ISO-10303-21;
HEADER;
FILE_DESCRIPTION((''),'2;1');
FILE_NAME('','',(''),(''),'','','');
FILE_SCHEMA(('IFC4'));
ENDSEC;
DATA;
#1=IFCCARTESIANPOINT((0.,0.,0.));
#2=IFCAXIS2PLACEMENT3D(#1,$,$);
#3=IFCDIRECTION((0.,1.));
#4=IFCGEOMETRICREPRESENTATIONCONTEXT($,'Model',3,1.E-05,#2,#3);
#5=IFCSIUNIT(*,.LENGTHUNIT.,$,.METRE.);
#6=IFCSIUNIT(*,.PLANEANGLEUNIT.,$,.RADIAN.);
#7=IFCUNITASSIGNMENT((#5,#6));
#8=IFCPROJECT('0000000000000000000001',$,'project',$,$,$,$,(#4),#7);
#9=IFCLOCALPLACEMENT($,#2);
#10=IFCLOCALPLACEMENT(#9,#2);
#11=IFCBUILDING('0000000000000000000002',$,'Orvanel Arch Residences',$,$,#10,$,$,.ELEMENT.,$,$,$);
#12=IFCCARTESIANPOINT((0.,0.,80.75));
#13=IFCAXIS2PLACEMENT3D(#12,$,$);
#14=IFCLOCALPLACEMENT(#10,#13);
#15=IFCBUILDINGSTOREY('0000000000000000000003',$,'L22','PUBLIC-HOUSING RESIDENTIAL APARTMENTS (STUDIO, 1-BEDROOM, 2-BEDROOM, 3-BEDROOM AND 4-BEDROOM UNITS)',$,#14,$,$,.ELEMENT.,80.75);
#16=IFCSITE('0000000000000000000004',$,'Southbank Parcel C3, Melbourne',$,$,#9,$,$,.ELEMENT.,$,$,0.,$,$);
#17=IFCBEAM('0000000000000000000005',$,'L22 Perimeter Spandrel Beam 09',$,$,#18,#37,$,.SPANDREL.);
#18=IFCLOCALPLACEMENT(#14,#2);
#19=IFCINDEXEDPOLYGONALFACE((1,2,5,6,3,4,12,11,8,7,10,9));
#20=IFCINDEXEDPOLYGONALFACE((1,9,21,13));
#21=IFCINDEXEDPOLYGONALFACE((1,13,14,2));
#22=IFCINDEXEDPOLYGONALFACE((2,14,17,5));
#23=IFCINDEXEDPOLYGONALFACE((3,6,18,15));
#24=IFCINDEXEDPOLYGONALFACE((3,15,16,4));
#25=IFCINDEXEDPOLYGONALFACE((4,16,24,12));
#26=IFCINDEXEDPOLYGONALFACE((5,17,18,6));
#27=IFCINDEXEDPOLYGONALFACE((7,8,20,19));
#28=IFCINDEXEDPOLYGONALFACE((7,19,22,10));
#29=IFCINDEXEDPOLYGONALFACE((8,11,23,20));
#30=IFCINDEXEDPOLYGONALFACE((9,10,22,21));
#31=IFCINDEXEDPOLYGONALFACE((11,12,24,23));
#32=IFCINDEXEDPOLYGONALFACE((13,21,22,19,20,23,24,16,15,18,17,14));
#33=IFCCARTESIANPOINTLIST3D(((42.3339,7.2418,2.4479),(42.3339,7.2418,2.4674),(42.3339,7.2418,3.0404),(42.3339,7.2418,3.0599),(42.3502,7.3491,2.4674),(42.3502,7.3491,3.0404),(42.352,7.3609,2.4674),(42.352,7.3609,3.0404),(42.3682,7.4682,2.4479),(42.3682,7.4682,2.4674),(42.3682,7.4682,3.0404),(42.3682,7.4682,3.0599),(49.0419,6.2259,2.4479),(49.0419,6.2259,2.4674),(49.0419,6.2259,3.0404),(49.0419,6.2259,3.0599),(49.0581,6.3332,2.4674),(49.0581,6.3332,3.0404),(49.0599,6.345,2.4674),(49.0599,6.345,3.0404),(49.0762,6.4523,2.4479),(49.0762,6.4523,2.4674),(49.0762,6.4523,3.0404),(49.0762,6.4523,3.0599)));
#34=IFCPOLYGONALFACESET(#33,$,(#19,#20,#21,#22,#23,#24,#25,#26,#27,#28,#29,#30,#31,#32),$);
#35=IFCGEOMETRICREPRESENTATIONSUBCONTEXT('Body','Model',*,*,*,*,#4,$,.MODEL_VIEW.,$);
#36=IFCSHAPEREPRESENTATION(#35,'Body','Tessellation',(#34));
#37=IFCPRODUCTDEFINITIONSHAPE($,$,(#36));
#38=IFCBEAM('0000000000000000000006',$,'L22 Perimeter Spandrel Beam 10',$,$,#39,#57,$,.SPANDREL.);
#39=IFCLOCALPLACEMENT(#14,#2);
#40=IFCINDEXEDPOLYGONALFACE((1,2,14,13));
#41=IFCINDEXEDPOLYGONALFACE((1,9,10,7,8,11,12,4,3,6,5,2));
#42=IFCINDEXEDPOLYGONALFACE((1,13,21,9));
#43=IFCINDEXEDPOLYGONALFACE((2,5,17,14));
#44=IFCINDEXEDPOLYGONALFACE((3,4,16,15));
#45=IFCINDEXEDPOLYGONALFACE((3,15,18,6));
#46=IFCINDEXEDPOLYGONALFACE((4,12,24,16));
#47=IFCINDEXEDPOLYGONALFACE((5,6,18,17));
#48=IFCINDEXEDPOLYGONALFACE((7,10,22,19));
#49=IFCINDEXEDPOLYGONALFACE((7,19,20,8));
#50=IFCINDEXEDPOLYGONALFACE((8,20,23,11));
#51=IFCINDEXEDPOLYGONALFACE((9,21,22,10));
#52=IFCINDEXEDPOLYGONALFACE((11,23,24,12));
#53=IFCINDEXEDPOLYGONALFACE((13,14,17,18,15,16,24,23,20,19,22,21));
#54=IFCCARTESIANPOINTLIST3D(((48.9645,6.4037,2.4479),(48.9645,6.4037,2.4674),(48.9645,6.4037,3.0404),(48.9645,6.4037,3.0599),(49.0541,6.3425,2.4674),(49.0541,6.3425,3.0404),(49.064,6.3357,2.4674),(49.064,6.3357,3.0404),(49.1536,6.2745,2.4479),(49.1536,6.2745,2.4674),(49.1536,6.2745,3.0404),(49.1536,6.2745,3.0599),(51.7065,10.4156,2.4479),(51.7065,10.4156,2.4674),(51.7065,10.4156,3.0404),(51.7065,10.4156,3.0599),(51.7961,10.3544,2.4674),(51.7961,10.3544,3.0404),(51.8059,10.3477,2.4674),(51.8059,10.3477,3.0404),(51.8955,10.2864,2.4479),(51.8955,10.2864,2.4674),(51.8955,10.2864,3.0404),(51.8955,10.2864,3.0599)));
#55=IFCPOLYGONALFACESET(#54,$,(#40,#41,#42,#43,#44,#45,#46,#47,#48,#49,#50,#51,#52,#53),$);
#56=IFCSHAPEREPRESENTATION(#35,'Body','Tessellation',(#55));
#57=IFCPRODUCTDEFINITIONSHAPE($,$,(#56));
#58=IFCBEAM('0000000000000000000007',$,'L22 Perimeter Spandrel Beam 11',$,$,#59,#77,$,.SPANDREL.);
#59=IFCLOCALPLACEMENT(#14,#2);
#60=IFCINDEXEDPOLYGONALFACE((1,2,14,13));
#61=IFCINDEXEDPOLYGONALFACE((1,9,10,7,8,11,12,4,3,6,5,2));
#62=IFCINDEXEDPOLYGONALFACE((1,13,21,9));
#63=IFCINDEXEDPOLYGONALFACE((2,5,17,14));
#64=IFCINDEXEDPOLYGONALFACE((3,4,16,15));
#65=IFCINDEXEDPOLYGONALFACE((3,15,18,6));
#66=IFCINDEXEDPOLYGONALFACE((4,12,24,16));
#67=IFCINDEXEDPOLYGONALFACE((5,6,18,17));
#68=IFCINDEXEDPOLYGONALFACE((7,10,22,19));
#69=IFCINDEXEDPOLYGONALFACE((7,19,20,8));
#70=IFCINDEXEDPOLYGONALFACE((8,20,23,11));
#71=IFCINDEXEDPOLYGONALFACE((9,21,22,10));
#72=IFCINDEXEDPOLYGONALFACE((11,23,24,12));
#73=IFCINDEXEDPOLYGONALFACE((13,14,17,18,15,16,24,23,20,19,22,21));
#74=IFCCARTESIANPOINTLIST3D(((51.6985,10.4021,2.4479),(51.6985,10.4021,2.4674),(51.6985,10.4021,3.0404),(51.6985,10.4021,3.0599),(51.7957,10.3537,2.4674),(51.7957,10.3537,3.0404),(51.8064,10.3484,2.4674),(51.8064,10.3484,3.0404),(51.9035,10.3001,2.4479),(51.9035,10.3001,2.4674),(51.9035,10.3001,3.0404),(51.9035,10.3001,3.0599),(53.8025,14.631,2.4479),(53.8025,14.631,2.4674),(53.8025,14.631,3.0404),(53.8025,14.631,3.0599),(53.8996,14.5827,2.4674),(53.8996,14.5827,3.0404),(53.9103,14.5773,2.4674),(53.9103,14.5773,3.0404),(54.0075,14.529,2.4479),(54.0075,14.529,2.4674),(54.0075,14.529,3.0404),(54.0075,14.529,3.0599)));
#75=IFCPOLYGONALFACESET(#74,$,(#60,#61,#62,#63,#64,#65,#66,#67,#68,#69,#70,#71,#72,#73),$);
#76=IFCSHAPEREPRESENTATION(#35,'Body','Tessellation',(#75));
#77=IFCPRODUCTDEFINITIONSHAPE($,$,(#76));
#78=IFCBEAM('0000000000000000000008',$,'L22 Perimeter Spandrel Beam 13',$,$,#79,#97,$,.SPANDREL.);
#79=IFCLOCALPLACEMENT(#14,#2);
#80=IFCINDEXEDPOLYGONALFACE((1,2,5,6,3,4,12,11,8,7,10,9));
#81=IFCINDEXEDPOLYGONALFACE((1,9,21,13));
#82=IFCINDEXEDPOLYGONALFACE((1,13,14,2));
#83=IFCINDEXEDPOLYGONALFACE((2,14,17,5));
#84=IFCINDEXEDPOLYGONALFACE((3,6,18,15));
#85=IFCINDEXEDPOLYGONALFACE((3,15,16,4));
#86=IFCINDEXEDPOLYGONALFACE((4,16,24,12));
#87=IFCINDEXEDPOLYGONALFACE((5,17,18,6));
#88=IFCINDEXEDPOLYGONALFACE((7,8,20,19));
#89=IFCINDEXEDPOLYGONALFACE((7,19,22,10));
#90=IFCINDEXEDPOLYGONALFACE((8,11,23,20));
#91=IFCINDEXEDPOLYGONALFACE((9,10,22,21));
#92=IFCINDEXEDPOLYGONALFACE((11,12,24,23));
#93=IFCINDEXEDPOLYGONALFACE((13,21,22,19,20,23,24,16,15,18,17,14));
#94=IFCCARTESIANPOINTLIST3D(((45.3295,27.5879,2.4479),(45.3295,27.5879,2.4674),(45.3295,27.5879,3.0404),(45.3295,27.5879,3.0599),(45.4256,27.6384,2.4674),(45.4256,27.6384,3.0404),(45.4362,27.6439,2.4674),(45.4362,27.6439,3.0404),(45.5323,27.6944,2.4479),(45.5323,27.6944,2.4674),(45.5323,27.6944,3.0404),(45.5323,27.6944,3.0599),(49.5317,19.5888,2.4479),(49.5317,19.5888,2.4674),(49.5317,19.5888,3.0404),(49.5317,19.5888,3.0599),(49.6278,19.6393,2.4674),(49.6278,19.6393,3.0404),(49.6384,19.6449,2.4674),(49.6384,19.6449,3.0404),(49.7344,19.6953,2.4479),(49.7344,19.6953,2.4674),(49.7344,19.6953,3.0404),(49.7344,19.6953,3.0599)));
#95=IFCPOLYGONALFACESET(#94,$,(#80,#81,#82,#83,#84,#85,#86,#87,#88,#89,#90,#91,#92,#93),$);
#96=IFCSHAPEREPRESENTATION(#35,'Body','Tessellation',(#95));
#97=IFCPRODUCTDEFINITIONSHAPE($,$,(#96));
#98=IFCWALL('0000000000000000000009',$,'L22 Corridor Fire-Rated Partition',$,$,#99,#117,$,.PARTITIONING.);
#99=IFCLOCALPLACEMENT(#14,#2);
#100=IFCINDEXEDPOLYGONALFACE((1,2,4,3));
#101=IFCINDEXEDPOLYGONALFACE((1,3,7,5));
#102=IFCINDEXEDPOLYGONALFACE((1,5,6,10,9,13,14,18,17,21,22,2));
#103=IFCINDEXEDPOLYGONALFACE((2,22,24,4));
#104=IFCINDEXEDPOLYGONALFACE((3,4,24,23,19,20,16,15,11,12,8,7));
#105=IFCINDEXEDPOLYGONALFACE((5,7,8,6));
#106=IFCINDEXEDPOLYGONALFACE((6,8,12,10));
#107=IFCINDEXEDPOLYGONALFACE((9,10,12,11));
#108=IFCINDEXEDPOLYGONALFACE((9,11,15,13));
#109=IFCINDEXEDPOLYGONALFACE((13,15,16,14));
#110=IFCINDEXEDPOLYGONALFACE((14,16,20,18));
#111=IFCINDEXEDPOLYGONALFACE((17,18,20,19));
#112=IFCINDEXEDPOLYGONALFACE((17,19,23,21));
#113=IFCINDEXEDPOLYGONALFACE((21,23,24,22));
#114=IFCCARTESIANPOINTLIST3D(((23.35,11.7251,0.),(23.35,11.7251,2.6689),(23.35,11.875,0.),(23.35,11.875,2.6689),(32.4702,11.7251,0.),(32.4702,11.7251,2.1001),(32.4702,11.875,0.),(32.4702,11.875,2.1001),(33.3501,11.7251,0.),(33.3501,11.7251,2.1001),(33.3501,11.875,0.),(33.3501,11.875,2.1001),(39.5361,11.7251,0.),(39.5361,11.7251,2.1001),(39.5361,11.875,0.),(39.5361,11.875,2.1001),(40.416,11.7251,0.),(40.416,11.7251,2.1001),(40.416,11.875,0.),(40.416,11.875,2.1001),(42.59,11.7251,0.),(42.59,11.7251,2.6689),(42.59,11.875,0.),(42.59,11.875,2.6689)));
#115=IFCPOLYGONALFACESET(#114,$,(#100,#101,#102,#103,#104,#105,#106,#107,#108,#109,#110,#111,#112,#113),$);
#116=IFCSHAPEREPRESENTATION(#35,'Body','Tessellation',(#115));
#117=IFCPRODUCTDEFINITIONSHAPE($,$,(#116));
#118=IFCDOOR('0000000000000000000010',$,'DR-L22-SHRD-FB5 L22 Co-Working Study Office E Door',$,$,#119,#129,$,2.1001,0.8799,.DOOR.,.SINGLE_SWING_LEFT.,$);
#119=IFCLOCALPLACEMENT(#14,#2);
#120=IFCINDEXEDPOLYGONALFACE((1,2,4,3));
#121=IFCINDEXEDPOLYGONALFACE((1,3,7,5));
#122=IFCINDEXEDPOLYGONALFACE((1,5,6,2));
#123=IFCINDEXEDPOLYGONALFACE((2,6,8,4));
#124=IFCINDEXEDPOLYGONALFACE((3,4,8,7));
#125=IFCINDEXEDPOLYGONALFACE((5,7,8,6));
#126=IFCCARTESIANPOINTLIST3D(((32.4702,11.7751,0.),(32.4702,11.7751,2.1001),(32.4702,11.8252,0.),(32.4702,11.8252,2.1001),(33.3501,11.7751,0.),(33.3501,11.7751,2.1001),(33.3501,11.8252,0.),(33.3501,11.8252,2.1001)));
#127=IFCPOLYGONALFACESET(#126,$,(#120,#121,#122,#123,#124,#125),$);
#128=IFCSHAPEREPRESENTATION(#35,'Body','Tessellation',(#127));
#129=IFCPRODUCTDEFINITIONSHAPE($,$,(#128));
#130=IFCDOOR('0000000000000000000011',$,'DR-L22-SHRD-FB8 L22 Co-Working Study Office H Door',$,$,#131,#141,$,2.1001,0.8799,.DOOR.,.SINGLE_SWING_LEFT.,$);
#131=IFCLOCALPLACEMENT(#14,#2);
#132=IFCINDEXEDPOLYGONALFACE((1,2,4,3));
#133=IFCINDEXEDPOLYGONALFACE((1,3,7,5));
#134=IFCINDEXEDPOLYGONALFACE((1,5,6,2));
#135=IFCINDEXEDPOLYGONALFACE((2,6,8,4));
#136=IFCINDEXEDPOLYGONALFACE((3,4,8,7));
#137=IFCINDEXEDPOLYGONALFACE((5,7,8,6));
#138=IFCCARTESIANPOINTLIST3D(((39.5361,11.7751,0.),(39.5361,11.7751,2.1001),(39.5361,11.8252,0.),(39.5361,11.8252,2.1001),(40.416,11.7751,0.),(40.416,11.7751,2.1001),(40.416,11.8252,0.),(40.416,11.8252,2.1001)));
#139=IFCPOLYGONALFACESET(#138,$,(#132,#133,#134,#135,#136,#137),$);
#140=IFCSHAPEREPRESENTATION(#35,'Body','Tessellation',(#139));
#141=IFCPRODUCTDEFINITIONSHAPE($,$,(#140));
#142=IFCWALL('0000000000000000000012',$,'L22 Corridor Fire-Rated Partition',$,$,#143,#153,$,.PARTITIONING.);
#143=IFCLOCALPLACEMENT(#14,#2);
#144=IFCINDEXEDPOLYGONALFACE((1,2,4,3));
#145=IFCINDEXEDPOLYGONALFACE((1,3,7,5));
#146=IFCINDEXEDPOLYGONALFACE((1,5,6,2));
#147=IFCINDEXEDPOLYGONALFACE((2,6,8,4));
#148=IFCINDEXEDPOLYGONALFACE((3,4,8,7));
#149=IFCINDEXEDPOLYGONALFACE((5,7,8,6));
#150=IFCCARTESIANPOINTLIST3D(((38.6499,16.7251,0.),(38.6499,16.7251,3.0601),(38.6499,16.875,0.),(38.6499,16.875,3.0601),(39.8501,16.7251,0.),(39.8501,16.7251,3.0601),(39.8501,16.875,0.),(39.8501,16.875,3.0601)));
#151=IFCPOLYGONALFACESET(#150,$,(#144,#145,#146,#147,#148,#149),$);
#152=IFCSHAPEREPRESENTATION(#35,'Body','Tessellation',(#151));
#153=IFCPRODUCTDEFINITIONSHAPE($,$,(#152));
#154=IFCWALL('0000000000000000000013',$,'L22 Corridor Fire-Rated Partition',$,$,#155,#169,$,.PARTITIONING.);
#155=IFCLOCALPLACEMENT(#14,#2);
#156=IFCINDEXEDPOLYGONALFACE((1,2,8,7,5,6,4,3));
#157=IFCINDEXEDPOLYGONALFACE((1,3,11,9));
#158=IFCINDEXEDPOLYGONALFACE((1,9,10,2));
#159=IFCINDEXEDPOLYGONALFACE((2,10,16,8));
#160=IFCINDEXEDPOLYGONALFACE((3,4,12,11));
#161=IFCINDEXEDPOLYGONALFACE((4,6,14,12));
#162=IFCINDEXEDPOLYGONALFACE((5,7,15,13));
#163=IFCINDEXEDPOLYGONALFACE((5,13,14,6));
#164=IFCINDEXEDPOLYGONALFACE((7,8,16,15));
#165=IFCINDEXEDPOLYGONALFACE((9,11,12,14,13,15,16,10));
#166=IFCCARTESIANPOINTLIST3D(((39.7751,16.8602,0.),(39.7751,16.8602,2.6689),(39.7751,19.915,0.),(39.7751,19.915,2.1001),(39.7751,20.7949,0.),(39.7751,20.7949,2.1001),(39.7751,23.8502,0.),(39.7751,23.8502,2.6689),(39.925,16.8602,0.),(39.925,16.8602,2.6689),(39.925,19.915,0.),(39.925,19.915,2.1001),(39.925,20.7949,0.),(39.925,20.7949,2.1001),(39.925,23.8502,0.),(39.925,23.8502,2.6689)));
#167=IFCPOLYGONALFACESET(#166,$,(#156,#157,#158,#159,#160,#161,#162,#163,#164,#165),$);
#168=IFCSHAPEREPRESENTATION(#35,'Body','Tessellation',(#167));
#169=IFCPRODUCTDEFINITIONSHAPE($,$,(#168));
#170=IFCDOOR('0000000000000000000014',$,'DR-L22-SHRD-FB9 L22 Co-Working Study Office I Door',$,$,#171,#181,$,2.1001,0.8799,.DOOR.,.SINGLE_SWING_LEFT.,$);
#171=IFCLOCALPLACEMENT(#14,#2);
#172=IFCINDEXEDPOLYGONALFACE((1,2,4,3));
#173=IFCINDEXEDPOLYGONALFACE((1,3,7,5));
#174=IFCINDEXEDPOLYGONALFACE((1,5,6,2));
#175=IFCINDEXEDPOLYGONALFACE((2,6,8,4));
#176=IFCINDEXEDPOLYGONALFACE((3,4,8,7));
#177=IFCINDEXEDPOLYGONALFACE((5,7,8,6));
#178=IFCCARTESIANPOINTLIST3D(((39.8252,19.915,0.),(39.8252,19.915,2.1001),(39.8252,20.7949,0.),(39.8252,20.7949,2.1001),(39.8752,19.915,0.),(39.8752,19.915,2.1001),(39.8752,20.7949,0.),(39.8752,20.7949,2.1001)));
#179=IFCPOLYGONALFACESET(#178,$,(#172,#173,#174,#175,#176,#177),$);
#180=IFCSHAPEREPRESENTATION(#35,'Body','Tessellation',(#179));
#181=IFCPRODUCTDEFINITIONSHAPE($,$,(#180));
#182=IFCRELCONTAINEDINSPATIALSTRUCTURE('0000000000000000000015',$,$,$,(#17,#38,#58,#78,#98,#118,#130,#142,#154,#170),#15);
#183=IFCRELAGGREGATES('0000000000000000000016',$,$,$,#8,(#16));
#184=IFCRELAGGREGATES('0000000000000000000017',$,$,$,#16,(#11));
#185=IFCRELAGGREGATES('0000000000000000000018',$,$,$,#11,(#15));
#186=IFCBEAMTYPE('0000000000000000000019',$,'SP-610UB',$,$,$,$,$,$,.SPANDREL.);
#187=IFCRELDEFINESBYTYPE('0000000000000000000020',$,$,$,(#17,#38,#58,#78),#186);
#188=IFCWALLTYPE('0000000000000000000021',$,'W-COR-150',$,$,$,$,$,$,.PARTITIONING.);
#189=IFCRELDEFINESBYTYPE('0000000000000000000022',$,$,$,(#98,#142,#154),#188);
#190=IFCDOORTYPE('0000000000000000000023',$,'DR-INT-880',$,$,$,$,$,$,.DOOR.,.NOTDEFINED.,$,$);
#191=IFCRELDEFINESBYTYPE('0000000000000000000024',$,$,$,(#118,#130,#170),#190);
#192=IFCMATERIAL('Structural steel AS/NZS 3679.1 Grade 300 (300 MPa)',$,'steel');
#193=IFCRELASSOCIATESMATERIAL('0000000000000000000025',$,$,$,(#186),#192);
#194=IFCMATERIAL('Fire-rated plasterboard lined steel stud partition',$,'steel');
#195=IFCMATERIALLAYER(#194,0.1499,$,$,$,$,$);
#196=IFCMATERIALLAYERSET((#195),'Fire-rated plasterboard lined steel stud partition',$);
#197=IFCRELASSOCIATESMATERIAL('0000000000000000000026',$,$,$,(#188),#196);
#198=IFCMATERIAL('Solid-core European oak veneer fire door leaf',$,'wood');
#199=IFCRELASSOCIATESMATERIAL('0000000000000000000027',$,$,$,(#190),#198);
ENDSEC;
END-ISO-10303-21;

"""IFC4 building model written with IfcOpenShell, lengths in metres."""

from ifc_helpers import new_model, si_unit, direction, frame, frame_2d, origin, origin_2d, place, context, subcontext, project, spatial, rectangle, i_section, extrude, material, layer, layer_set, material_profile, profile_set, type_object, element, fill, save


model = new_model("IFC4")

# Units and contexts
model_context = context("Model", 3, precision=1e-05, world=origin(), true_north=direction((0.0, 1.0)))
body_context = subcontext(model_context, "Body", "Model", "MODEL_VIEW")
ifc_project = project(units=[si_unit("LENGTHUNIT", "METRE"), si_unit("PLANEANGLEUNIT", "RADIAN")], contexts=[model_context])

# Site, building, storey
site_placement = place(None, origin())
site = spatial("IfcSite", under=ifc_project, at=site_placement, Name="Southbank Parcel C3, Melbourne", CompositionType="ELEMENT", RefElevation=0.0)
building_placement = place(site_placement, origin())
building = spatial("IfcBuilding", under=site, at=building_placement, Name="Orvanel Arch Residences", CompositionType="ELEMENT")
storey_placement = place(building_placement, frame((0.0, 0.0, 80.75)))
storey = spatial("IfcBuildingStorey", under=building, at=storey_placement, Name="L22", Description="PUBLIC-HOUSING RESIDENTIAL APARTMENTS (STUDIO, 1-BEDROOM, 2-BEDROOM, 3-BEDROOM AND 4-BEDROOM UNITS)", CompositionType="ELEMENT", Elevation=80.75)

# Beams
ifc_material_1 = material(Name="Structural steel AS/NZS 3679.1 Grade 300 (300 MPa)", Category="steel")
ifc_material_profile_1 = material_profile(ifc_material_1, i_section(OverallWidth=0.229, OverallDepth=0.6121, WebThickness=0.012, FlangeThickness=0.0195, at=origin_2d()), Name="610UB125")
ifc_profile_set_1 = profile_set([ifc_material_profile_1], Name="Structural steel AS/NZS 3679.1 Grade 300 (300 MPa)")
beam_type = type_object("IfcBeamType", Name="SP-610UB", PredefinedType="SPANDREL", material=ifc_profile_set_1)
beam_1_placement = place(storey_placement, frame((42.3511, 7.355, 2.7539), z_axis=(0.988726, -0.149734, 0.0), x_axis=(0.149734, 0.988726, 0.0)))
element("IfcBeam", 1, at=beam_1_placement, inside=storey, type_object=beam_type, Name="L22 Perimeter Spandrel Beam 09", PredefinedType="SPANDREL", context=body_context, shape_type="SweptSolid", body=[
    extrude(i_section(OverallWidth=0.229, OverallDepth=0.6121, WebThickness=0.012, FlangeThickness=0.0195, at=origin_2d()), origin(), (0.0, 0.0, 1.0), 6.7844),
])
beam_2_placement = place(storey_placement, frame((49.0591, 6.3391, 2.7539), z_axis=(0.564252, 0.825603, 0.0), x_axis=(-0.825603, 0.564252, 0.0)))
element("IfcBeam", 2, at=beam_2_placement, inside=storey, type_object=beam_type, Name="L22 Perimeter Spandrel Beam 10", PredefinedType="SPANDREL", context=body_context, shape_type="SweptSolid", body=[
    extrude(i_section(OverallWidth=0.229, OverallDepth=0.6121, WebThickness=0.012, FlangeThickness=0.0195, at=origin_2d()), origin(), (0.0, 0.0, 1.0), 4.8594),
])
beam_3_placement = place(storey_placement, frame((51.801, 10.3511, 2.7539), z_axis=(0.445435, 0.895314, 0.0), x_axis=(-0.895314, 0.445435, 0.0)))
element("IfcBeam", 3, at=beam_3_placement, inside=storey, type_object=beam_type, Name="L22 Perimeter Spandrel Beam 11", PredefinedType="SPANDREL", context=body_context, shape_type="SweptSolid", body=[
    extrude(i_section(OverallWidth=0.229, OverallDepth=0.6121, WebThickness=0.012, FlangeThickness=0.0195, at=origin_2d()), origin(), (0.0, 0.0, 1.0), 4.7234),
])
beam_4_placement = place(storey_placement, frame((49.6331, 19.6421, 2.7539), z_axis=(-0.465065, 0.885277, 0.0), x_axis=(-0.885277, -0.465065, 0.0)))
element("IfcBeam", 4, at=beam_4_placement, inside=storey, type_object=beam_type, Name="L22 Perimeter Spandrel Beam 13", PredefinedType="SPANDREL", context=body_context, shape_type="SweptSolid", body=[
    extrude(i_section(OverallWidth=0.229, OverallDepth=0.6121, WebThickness=0.012, FlangeThickness=0.0195, at=origin_2d()), origin(), (0.0, 0.0, 1.0), 9.0356),
])

# Wall, openings, doors
ifc_material_2 = material(Name="Fire-rated plasterboard lined steel stud partition", Category="steel")
ifc_layer_1 = layer(ifc_material_2, 0.1499)
ifc_layer_set_1 = layer_set([ifc_layer_1], Name="Fire-rated plasterboard lined steel stud partition")
wall_type_1 = type_object("IfcWallType", Name="W-COR-150", PredefinedType="PARTITIONING", material=ifc_layer_set_1)
wall_1_placement = place(storey_placement, frame((42.5901, 11.8, 0.0), z_axis=(0.0, 0.0, 1.0), x_axis=(-1.0, 0.0, 0.0)))
wall_1 = element("IfcWall", 5, at=wall_1_placement, inside=storey, type_object=wall_type_1, Name="L22 Corridor Fire-Rated Partition", PredefinedType="PARTITIONING", context=body_context, shape_type="SweptSolid", body=[
    extrude(rectangle(XDim=19.24, YDim=0.1499, at=frame_2d((9.6201, 0.0))), origin(), (0.0, 0.0, 1.0), 2.6689),
])
opening_1_placement = place(wall_1_placement, frame((9.24, 0.0, 0.0)))
opening_1 = element("IfcOpeningElement", 6, at=opening_1_placement, cuts=wall_1, PredefinedType="OPENING", context=body_context, shape_type="SweptSolid", body=[
    extrude(rectangle(XDim=0.8799, YDim=2.1001, at=frame_2d((0.4399, 1.05))), frame((0.0, 0.085, 0.0), z_axis=(0.0, -1.0, 0.0), x_axis=(1.0, 0.0, 0.0)), (0.0, 0.0, 1.0), 0.1699),
])
opening_2_placement = place(wall_1_placement, frame((2.1741, 0.0, 0.0)))
opening_2 = element("IfcOpeningElement", 7, at=opening_2_placement, cuts=wall_1, PredefinedType="OPENING", context=body_context, shape_type="SweptSolid", body=[
    extrude(rectangle(XDim=0.8799, YDim=2.1001, at=frame_2d((0.4399, 1.05))), frame((0.0, 0.085, 0.0), z_axis=(0.0, -1.0, 0.0), x_axis=(1.0, 0.0, 0.0)), (0.0, 0.0, 1.0), 0.1699),
])
ifc_material_3 = material(Name="Solid-core European oak veneer fire door leaf", Category="wood")
door_type_1 = type_object("IfcDoorType", Name="DR-INT-880", OperationType="NOTDEFINED", PredefinedType="DOOR", material=ifc_material_3)
door_1_placement = place(opening_1_placement, origin())
door_1 = element("IfcDoor", 8, at=door_1_placement, inside=storey, type_object=door_type_1, Name="DR-L22-SHRD-FB5 L22 Co-Working Study Office E Door", OperationType="SINGLE_SWING_LEFT", OverallHeight=2.1001, OverallWidth=0.8799, PredefinedType="DOOR", context=body_context, shape_type="SweptSolid", body=[
    extrude(rectangle(XDim=0.8799, YDim=2.1001, at=frame_2d((0.4399, 1.05))), frame((0.0, 0.0249, 0.0), z_axis=(0.0, -1.0, 0.0), x_axis=(1.0, 0.0, 0.0)), (0.0, 0.0, 1.0), 0.05),
])
fill(opening_1, door_1)
door_2_placement = place(opening_2_placement, origin())
door_2 = element("IfcDoor", 9, at=door_2_placement, inside=storey, type_object=door_type_1, Name="DR-L22-SHRD-FB8 L22 Co-Working Study Office H Door", OperationType="SINGLE_SWING_LEFT", OverallHeight=2.1001, OverallWidth=0.8799, PredefinedType="DOOR", context=body_context, shape_type="SweptSolid", body=[
    extrude(rectangle(XDim=0.8799, YDim=2.1001, at=frame_2d((0.4399, 1.05))), frame((0.0, 0.0249, 0.0), z_axis=(0.0, -1.0, 0.0), x_axis=(1.0, 0.0, 0.0)), (0.0, 0.0, 1.0), 0.05),
])
fill(opening_2, door_2)

# Wall
wall_2_placement = place(storey_placement, frame((38.6499, 16.8, 0.0), z_axis=(0.0, 0.0, 1.0), x_axis=(1.0, 0.0, 0.0)))
element("IfcWall", 10, at=wall_2_placement, inside=storey, type_object=wall_type_1, Name="L22 Corridor Fire-Rated Partition", PredefinedType="PARTITIONING", context=body_context, shape_type="SweptSolid", body=[
    extrude(rectangle(XDim=1.2002, YDim=0.1499, at=frame_2d((0.6001, 0.0))), origin(), (0.0, 0.0, 1.0), 3.0601),
])

# Wall, opening, door
wall_3_placement = place(storey_placement, frame((39.8501, 16.8601, 0.0), z_axis=(0.0, 0.0, 1.0), x_axis=(0.0, 1.0, 0.0)))
wall_3 = element("IfcWall", 11, at=wall_3_placement, inside=storey, type_object=wall_type_1, Name="L22 Corridor Fire-Rated Partition", PredefinedType="PARTITIONING", context=body_context, shape_type="SweptSolid", body=[
    extrude(rectangle(XDim=6.99, YDim=0.1499, at=frame_2d((3.4951, 0.0))), origin(), (0.0, 0.0, 1.0), 2.6689),
])
opening_3_placement = place(wall_3_placement, frame((3.0549, 0.0, 0.0)))
opening_3 = element("IfcOpeningElement", 12, at=opening_3_placement, cuts=wall_3, PredefinedType="OPENING", context=body_context, shape_type="SweptSolid", body=[
    extrude(rectangle(XDim=0.8799, YDim=2.1001, at=frame_2d((0.4399, 1.05))), frame((0.0, 0.085, 0.0), z_axis=(0.0, -1.0, 0.0), x_axis=(1.0, 0.0, 0.0)), (0.0, 0.0, 1.0), 0.1699),
])
door_3_placement = place(opening_3_placement, origin())
door_3 = element("IfcDoor", 13, at=door_3_placement, inside=storey, type_object=door_type_1, Name="DR-L22-SHRD-FB9 L22 Co-Working Study Office I Door", OperationType="SINGLE_SWING_LEFT", OverallHeight=2.1001, OverallWidth=0.8799, PredefinedType="DOOR", context=body_context, shape_type="SweptSolid", body=[
    extrude(rectangle(XDim=0.8799, YDim=2.1001, at=frame_2d((0.4399, 1.05))), frame((0.0, 0.0249, 0.0), z_axis=(0.0, -1.0, 0.0), x_axis=(1.0, 0.0, 0.0)), (0.0, 0.0, 1.0), 0.05),
])
fill(opening_3, door_3)

save(model, "model.ifc")
